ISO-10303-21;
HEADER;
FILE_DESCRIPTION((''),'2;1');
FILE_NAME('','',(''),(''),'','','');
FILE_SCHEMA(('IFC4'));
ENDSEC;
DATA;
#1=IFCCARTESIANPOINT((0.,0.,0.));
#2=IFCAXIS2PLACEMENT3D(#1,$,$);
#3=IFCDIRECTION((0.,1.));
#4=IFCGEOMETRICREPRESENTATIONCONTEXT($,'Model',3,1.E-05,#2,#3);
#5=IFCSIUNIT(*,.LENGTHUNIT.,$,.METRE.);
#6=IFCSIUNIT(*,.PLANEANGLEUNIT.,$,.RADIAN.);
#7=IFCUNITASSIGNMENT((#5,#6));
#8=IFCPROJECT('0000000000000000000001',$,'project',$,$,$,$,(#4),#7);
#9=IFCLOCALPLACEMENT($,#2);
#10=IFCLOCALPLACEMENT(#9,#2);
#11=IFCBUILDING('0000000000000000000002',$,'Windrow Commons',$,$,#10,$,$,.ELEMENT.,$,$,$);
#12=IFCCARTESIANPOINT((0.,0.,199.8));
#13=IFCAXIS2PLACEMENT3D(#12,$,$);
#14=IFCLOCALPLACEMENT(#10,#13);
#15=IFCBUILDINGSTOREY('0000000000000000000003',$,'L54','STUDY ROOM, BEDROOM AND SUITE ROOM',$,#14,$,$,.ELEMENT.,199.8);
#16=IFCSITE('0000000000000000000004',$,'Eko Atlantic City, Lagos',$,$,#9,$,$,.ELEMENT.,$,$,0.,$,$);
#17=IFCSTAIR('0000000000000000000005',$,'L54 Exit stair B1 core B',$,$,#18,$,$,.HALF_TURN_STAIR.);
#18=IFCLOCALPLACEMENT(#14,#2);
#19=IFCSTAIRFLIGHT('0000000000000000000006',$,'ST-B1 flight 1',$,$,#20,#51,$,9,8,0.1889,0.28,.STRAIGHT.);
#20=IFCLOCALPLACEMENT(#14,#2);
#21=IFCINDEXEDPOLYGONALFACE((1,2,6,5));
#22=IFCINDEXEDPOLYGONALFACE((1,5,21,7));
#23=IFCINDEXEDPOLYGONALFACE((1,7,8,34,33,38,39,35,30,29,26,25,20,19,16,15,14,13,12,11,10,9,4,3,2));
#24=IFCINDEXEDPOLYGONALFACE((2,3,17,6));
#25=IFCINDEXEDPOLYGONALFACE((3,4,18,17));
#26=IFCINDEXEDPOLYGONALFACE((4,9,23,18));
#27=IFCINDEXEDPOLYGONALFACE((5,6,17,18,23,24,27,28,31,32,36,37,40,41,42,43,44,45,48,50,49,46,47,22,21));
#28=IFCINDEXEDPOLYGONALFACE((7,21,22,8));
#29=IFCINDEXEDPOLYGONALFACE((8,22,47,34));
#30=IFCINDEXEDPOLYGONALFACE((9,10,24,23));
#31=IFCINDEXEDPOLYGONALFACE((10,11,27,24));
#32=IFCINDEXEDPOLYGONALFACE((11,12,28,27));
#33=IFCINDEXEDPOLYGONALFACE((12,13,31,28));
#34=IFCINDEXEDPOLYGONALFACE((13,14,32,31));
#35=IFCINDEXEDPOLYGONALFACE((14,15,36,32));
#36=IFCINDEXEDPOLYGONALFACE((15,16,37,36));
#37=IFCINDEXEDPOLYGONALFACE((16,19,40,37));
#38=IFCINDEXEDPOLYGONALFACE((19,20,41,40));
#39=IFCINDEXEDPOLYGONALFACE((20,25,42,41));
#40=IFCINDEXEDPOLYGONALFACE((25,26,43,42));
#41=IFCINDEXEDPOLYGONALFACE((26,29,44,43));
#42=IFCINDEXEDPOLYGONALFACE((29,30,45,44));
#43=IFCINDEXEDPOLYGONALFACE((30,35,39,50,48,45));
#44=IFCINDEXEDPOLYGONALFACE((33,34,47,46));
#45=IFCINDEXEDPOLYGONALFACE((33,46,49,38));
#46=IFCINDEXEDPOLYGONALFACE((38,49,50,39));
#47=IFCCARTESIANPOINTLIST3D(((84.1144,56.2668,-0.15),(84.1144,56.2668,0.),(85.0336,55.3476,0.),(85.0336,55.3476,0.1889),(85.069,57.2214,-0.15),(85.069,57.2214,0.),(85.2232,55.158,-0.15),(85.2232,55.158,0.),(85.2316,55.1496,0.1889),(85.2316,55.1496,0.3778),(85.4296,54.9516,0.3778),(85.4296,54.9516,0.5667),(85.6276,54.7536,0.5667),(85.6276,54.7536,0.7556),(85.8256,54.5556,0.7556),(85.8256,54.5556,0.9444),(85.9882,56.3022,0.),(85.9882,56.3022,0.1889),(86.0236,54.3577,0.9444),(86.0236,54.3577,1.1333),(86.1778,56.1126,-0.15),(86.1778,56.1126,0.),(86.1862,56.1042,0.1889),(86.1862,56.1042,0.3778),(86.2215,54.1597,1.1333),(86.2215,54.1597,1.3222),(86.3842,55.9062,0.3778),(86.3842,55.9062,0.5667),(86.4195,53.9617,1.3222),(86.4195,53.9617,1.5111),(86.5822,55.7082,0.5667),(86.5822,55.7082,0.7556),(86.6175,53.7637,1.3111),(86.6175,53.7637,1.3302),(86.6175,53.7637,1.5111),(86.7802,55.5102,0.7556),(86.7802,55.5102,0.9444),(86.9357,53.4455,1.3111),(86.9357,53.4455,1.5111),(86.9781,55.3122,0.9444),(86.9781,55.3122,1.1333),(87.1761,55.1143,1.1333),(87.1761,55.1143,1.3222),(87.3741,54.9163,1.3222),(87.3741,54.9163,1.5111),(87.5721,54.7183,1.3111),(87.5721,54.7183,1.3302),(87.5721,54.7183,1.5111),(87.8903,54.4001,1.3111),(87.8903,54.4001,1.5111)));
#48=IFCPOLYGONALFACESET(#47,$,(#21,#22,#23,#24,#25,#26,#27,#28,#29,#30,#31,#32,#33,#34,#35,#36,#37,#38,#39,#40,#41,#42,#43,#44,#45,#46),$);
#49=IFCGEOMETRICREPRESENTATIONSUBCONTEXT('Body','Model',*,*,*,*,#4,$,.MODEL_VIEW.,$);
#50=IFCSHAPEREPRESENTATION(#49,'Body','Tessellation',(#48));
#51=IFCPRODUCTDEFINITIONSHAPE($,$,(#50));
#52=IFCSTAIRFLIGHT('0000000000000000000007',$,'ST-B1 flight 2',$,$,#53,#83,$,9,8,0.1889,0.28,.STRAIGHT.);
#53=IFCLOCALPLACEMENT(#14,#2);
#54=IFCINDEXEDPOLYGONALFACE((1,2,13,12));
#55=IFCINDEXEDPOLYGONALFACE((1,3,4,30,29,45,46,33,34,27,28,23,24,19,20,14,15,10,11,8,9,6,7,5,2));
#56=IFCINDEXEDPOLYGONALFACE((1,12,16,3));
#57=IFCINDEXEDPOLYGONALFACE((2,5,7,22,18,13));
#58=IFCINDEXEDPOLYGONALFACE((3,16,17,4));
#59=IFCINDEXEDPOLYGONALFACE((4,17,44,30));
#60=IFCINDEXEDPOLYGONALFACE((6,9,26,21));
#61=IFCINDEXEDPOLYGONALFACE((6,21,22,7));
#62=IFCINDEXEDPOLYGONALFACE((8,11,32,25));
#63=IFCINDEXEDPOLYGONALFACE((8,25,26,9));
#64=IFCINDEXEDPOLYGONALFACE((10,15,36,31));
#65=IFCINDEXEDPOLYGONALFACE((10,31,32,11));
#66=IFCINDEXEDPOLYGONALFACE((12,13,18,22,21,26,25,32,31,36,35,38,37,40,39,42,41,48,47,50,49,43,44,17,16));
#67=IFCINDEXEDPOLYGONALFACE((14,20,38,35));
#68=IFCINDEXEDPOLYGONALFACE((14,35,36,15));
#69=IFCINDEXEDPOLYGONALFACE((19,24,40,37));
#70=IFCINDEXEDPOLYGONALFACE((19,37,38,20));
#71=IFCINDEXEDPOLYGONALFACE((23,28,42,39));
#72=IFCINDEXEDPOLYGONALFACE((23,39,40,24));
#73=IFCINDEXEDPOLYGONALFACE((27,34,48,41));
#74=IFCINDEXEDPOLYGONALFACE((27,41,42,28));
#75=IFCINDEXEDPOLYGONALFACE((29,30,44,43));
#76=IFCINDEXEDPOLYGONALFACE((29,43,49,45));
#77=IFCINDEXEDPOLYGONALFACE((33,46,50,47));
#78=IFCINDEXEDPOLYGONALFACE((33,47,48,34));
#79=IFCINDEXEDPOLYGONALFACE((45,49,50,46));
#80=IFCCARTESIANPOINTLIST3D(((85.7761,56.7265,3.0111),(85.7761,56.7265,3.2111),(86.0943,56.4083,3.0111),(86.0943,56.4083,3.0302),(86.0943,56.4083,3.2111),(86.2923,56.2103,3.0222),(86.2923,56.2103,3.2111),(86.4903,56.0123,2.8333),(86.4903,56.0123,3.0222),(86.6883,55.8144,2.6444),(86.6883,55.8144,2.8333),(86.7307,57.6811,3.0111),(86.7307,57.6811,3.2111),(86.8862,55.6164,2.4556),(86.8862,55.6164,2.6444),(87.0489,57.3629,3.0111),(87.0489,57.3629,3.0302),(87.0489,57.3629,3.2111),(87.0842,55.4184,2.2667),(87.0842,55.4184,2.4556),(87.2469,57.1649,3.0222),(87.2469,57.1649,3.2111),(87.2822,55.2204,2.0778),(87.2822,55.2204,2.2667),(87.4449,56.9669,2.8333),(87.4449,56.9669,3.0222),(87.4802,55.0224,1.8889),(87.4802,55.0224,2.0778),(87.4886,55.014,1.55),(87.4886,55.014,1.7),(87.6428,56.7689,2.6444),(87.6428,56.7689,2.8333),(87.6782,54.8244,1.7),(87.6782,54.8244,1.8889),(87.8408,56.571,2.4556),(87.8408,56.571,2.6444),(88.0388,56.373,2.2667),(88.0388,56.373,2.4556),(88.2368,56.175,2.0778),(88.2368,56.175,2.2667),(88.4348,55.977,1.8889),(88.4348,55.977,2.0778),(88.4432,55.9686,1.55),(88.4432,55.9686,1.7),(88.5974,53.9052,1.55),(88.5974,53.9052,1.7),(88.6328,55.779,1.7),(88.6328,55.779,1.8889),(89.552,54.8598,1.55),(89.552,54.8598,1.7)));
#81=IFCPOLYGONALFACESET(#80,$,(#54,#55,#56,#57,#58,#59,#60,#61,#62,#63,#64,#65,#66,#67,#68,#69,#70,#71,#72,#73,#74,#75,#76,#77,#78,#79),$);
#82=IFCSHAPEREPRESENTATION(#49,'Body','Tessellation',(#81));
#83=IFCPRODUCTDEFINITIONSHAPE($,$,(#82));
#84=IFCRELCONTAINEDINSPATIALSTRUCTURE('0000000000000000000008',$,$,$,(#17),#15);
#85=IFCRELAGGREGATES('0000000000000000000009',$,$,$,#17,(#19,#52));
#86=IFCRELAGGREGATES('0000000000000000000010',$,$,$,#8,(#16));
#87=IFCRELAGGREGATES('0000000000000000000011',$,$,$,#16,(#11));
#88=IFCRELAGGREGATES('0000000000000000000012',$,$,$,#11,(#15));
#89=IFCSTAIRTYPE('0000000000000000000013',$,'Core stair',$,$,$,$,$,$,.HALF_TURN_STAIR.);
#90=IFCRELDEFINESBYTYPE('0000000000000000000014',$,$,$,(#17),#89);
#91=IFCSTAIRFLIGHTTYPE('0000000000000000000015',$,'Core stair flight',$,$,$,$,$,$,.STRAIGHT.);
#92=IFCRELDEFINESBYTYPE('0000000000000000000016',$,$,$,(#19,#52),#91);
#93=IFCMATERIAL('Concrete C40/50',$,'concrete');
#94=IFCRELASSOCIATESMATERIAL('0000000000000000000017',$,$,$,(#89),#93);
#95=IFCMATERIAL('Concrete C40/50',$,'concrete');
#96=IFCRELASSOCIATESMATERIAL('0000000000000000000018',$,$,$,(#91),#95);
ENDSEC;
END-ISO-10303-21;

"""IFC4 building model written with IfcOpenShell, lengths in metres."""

from ifc_helpers import new_model, si_unit, direction, frame, origin, place, context, subcontext, project, spatial, polyline, outline, extrude, material, type_object, element, aggregate, save


model = new_model("IFC4")

# Units and contexts
model_context = context("Model", 3, precision=1e-05, world=origin(), true_north=direction((0.0, 1.0)))
body_context = subcontext(model_context, "Body", "Model", "MODEL_VIEW")
ifc_project = project(units=[si_unit("LENGTHUNIT", "METRE"), si_unit("PLANEANGLEUNIT", "RADIAN")], contexts=[model_context])

# Site, building, storey
site_placement = place(None, origin())
site = spatial("IfcSite", under=ifc_project, at=site_placement, Name="Eko Atlantic City, Lagos", CompositionType="ELEMENT", RefElevation=0.0)
building_placement = place(site_placement, origin())
building = spatial("IfcBuilding", under=site, at=building_placement, Name="Windrow Commons", CompositionType="ELEMENT")
storey_placement = place(building_placement, frame((0.0, 0.0, 199.8)))
storey = spatial("IfcBuildingStorey", under=building, at=storey_placement, Name="L54", Description="STUDY ROOM, BEDROOM AND SUITE ROOM", CompositionType="ELEMENT", Elevation=199.8)

# Stair, stair flights
ifc_material_1 = material(Name="Concrete C40/50", Category="concrete")
stair_type = type_object("IfcStairType", Name="Core stair", PredefinedType="HALF_TURN_STAIR", material=ifc_material_1)
stair_placement = place(storey_placement, origin())
stair = element("IfcStair", 1, at=stair_placement, inside=storey, type_object=stair_type, Name="L54 Exit stair B1 core B", PredefinedType="HALF_TURN_STAIR")
ifc_material_2 = material(Name="Concrete C40/50", Category="concrete")
stair_flight_type = type_object("IfcStairFlightType", Name="Core stair flight", PredefinedType="STRAIGHT", material=ifc_material_2)
stair_flight_1_placement = place(storey_placement, frame((85.5109, 55.8249, 0.0), z_axis=(0.0, 0.0, 1.0), x_axis=(0.707107, -0.707107, 0.0)))
stair_flight_1 = element("IfcStairFlight", 2, at=stair_flight_1_placement, type_object=stair_flight_type, Name="ST-B1 flight 1", NumberOfRisers=9, NumberOfTreads=8, PredefinedType="STRAIGHT", RiserHeight=0.1889, TreadLength=0.28, context=body_context, shape_type="SweptSolid", body=[
    extrude(outline(polyline([(-1.3, -0.15), (-1.3, 0.0), (0.0, 0.0), (0.0, 0.1889), (0.28, 0.1889), (0.28, 0.3778), (0.56, 0.3778), (0.56, 0.5667), (0.84, 0.5667), (0.84, 0.7556), (1.12, 0.7556), (1.12, 0.9444), (1.4, 0.9444), (1.4, 1.1333), (1.68, 1.1333), (1.68, 1.3222), (1.96, 1.3222), (1.96, 1.5111), (2.24, 1.5111), (2.69, 1.5111), (2.69, 1.3111), (2.24, 1.3111), (2.24, 1.3302), (0.2682, 0.0), (0.2682, -0.15), (-1.3, -0.15)])), frame((0.0, 0.675, 0.0), z_axis=(0.0, -1.0, 0.0), x_axis=(1.0, 0.0, 0.0)), (0.0, 0.0, 1.0), 1.35),
])
stair_flight_2_placement = place(storey_placement, frame((88.1555, 55.3017, 1.7), z_axis=(0.0, 0.0, 1.0), x_axis=(-0.707107, 0.707107, 0.0)))
stair_flight_2 = element("IfcStairFlight", 3, at=stair_flight_2_placement, type_object=stair_flight_type, Name="ST-B1 flight 2", NumberOfRisers=9, NumberOfTreads=8, PredefinedType="STRAIGHT", RiserHeight=0.1889, TreadLength=0.28, context=body_context, shape_type="SweptSolid", body=[
    extrude(outline(polyline([(-1.3, -0.15), (-1.3, 0.0), (0.0, 0.0), (0.0, 0.1889), (0.28, 0.1889), (0.28, 0.3778), (0.56, 0.3778), (0.56, 0.5667), (0.84, 0.5667), (0.84, 0.7556), (1.12, 0.7556), (1.12, 0.9444), (1.4, 0.9444), (1.4, 1.1333), (1.68, 1.1333), (1.68, 1.3222), (1.96, 1.3222), (1.96, 1.5111), (2.24, 1.5111), (2.69, 1.5111), (2.69, 1.3111), (2.24, 1.3111), (2.24, 1.3302), (0.2682, 0.0), (0.2682, -0.15), (-1.3, -0.15)])), frame((0.0, 0.675, 0.0), z_axis=(0.0, -1.0, 0.0), x_axis=(1.0, 0.0, 0.0)), (0.0, 0.0, 1.0), 1.35),
])
aggregate(stair, [stair_flight_1, stair_flight_2])

save(model, "model.ifc")
